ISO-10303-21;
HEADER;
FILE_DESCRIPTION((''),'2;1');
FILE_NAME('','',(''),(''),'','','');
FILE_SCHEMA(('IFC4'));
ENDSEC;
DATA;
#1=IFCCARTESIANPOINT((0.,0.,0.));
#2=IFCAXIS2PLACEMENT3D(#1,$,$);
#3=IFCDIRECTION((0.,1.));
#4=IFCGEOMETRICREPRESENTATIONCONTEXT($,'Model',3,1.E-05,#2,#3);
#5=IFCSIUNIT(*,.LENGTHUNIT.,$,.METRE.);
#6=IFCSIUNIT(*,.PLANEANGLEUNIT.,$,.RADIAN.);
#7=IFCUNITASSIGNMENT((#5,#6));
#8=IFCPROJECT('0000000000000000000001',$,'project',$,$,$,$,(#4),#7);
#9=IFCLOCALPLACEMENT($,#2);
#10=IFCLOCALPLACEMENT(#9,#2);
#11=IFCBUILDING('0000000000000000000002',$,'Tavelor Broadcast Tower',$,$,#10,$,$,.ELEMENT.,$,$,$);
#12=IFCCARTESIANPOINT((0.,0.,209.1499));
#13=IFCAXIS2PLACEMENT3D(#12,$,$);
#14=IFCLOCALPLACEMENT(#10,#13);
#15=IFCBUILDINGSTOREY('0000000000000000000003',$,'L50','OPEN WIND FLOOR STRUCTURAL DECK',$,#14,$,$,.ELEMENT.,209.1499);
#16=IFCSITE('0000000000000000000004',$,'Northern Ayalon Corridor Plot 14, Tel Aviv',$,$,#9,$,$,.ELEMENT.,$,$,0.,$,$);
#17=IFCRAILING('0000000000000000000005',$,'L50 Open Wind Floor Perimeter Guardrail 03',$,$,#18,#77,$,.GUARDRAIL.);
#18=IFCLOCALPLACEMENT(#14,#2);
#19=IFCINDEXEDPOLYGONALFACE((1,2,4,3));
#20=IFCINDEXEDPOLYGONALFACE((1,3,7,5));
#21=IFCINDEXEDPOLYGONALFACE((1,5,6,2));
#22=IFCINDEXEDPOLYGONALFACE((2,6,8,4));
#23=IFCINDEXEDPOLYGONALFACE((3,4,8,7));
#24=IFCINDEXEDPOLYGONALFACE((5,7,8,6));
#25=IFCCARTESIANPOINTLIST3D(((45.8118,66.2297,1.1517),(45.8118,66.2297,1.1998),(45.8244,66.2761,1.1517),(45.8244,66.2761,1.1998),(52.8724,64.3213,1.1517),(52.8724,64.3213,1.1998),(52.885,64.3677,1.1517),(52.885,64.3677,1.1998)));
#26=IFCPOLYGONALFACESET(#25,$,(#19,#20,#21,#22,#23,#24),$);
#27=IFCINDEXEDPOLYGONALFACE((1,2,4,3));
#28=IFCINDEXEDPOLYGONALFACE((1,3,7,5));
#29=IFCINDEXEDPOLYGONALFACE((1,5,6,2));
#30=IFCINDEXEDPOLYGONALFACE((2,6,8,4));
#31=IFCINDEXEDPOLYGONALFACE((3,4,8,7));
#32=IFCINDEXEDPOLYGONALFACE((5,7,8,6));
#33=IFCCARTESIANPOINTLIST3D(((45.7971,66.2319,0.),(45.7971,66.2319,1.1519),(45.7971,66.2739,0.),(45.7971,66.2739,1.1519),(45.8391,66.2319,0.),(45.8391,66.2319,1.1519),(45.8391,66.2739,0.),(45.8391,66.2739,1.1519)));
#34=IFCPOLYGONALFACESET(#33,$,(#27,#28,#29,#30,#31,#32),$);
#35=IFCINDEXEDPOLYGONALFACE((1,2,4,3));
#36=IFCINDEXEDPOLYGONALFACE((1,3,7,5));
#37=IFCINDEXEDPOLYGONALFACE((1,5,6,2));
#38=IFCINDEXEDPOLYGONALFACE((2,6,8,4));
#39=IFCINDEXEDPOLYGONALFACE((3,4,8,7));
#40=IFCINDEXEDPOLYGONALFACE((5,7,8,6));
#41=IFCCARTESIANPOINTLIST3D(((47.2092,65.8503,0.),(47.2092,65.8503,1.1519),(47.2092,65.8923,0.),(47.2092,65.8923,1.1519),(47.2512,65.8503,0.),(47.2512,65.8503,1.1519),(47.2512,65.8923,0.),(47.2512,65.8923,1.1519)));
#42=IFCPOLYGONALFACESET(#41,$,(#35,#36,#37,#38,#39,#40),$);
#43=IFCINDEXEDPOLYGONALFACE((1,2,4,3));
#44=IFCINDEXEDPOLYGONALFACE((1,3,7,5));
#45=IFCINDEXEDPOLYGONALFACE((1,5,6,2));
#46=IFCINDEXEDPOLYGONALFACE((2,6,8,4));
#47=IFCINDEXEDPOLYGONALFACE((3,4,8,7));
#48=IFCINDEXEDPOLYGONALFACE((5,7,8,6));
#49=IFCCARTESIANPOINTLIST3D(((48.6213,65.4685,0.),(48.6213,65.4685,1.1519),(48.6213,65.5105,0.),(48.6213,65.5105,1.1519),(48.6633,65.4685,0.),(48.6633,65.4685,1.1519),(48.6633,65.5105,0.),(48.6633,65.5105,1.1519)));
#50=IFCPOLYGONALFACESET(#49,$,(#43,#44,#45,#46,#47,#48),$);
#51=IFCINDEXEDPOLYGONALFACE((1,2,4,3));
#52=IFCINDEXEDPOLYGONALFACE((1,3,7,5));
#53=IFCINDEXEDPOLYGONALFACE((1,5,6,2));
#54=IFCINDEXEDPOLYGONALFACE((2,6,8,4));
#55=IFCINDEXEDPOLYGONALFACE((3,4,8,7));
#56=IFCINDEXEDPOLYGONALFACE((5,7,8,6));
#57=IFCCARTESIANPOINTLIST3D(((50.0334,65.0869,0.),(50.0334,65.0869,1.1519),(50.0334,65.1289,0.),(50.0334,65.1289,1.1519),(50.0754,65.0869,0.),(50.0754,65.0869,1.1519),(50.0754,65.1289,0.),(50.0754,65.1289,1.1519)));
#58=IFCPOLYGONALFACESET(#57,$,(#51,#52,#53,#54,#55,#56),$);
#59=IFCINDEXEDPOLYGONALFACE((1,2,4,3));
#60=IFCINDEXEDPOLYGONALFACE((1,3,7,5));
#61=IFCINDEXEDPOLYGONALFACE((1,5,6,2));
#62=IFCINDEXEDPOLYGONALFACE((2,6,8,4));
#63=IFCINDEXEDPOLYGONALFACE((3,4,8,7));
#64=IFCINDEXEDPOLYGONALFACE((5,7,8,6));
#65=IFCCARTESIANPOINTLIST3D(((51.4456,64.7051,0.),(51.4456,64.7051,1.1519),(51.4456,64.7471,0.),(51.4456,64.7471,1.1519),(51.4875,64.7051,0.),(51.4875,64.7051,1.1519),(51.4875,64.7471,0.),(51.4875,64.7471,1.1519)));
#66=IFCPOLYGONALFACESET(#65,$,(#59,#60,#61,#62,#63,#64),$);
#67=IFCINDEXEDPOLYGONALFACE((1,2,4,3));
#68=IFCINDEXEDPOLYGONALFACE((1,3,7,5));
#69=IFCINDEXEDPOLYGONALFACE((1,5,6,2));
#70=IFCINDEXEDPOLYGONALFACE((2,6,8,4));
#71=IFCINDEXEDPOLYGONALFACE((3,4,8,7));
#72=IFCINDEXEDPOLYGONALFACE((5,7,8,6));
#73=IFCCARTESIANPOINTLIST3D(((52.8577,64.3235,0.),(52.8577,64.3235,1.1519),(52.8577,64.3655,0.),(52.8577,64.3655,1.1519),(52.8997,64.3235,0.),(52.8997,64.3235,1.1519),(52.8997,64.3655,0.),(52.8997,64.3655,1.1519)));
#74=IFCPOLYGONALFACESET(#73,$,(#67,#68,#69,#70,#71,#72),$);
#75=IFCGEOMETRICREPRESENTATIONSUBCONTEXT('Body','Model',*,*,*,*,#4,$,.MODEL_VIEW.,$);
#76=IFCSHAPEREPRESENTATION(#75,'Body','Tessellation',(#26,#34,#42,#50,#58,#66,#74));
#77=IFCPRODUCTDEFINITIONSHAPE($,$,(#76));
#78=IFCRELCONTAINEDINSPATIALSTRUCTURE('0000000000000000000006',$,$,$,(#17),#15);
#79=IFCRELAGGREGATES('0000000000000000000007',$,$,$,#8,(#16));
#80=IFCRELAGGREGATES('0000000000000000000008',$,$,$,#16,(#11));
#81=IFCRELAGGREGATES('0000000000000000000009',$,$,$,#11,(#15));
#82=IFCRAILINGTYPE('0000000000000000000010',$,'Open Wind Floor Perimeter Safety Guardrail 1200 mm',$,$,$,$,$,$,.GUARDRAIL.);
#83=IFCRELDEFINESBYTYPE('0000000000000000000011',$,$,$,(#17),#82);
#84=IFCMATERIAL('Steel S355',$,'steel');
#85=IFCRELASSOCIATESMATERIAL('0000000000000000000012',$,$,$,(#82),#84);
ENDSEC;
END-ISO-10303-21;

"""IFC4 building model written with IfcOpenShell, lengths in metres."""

from ifc_helpers import new_model, si_unit, direction, frame, origin, origin_2d, place, context, subcontext, project, spatial, rectangle, extrude, material, type_object, element, save


model = new_model("IFC4")

# Units and contexts
model_context = context("Model", 3, precision=1e-05, world=origin(), true_north=direction((0.0, 1.0)))
body_context = subcontext(model_context, "Body", "Model", "MODEL_VIEW")
ifc_project = project(units=[si_unit("LENGTHUNIT", "METRE"), si_unit("PLANEANGLEUNIT", "RADIAN")], contexts=[model_context])

# Site, building, storey
site_placement = place(None, origin())
site = spatial("IfcSite", under=ifc_project, at=site_placement, Name="Northern Ayalon Corridor Plot 14, Tel Aviv", CompositionType="ELEMENT", RefElevation=0.0)
building_placement = place(site_placement, origin())
building = spatial("IfcBuilding", under=site, at=building_placement, Name="Tavelor Broadcast Tower", CompositionType="ELEMENT")
storey_placement = place(building_placement, frame((0.0, 0.0, 209.1499)))
storey = spatial("IfcBuildingStorey", under=building, at=storey_placement, Name="L50", Description="OPEN WIND FLOOR STRUCTURAL DECK", CompositionType="ELEMENT", Elevation=209.1499)

# Shared definitions
ifc_material_1 = material(Name="Steel S355", Category="steel")

# Railing
railing_type = type_object("IfcRailingType", Name="Open Wind Floor Perimeter Safety Guardrail 1200 mm", PredefinedType="GUARDRAIL", material=ifc_material_1)
railing_placement = place(storey_placement, frame((45.8181, 66.2529, 0.0)))
element("IfcRailing", 1, at=railing_placement, inside=storey, type_object=railing_type, Name="L50 Open Wind Floor Perimeter Guardrail 03", PredefinedType="GUARDRAIL", context=body_context, shape_type="SweptSolid", body=[
    extrude(rectangle(XDim=0.0481, YDim=0.0481, at=origin_2d()), frame((0.0, 0.0, 1.1758), z_axis=(0.965357, -0.260933, 0.0), x_axis=(0.260933, 0.965357, 0.0)), (0.0, 0.0, 1.0), 7.314),
    extrude(rectangle(XDim=0.042, YDim=0.042, at=origin_2d()), origin(), (0.0, 0.0, 1.0), 1.1519),
    extrude(rectangle(XDim=0.042, YDim=0.042, at=origin_2d()), frame((1.4121, -0.3816, 0.0)), (0.0, 0.0, 1.0), 1.1519),
    extrude(rectangle(XDim=0.042, YDim=0.042, at=origin_2d()), frame((2.8242, -0.7634, 0.0)), (0.0, 0.0, 1.0), 1.1519),
    extrude(rectangle(XDim=0.042, YDim=0.042, at=origin_2d()), frame((4.2363, -1.145, 0.0)), (0.0, 0.0, 1.0), 1.1519),
    extrude(rectangle(XDim=0.042, YDim=0.042, at=origin_2d()), frame((5.6484, -1.5269, 0.0)), (0.0, 0.0, 1.0), 1.1519),
    extrude(rectangle(XDim=0.042, YDim=0.042, at=origin_2d()), frame((7.0605, -1.9084, 0.0)), (0.0, 0.0, 1.0), 1.1519),
])

save(model, "model.ifc")
